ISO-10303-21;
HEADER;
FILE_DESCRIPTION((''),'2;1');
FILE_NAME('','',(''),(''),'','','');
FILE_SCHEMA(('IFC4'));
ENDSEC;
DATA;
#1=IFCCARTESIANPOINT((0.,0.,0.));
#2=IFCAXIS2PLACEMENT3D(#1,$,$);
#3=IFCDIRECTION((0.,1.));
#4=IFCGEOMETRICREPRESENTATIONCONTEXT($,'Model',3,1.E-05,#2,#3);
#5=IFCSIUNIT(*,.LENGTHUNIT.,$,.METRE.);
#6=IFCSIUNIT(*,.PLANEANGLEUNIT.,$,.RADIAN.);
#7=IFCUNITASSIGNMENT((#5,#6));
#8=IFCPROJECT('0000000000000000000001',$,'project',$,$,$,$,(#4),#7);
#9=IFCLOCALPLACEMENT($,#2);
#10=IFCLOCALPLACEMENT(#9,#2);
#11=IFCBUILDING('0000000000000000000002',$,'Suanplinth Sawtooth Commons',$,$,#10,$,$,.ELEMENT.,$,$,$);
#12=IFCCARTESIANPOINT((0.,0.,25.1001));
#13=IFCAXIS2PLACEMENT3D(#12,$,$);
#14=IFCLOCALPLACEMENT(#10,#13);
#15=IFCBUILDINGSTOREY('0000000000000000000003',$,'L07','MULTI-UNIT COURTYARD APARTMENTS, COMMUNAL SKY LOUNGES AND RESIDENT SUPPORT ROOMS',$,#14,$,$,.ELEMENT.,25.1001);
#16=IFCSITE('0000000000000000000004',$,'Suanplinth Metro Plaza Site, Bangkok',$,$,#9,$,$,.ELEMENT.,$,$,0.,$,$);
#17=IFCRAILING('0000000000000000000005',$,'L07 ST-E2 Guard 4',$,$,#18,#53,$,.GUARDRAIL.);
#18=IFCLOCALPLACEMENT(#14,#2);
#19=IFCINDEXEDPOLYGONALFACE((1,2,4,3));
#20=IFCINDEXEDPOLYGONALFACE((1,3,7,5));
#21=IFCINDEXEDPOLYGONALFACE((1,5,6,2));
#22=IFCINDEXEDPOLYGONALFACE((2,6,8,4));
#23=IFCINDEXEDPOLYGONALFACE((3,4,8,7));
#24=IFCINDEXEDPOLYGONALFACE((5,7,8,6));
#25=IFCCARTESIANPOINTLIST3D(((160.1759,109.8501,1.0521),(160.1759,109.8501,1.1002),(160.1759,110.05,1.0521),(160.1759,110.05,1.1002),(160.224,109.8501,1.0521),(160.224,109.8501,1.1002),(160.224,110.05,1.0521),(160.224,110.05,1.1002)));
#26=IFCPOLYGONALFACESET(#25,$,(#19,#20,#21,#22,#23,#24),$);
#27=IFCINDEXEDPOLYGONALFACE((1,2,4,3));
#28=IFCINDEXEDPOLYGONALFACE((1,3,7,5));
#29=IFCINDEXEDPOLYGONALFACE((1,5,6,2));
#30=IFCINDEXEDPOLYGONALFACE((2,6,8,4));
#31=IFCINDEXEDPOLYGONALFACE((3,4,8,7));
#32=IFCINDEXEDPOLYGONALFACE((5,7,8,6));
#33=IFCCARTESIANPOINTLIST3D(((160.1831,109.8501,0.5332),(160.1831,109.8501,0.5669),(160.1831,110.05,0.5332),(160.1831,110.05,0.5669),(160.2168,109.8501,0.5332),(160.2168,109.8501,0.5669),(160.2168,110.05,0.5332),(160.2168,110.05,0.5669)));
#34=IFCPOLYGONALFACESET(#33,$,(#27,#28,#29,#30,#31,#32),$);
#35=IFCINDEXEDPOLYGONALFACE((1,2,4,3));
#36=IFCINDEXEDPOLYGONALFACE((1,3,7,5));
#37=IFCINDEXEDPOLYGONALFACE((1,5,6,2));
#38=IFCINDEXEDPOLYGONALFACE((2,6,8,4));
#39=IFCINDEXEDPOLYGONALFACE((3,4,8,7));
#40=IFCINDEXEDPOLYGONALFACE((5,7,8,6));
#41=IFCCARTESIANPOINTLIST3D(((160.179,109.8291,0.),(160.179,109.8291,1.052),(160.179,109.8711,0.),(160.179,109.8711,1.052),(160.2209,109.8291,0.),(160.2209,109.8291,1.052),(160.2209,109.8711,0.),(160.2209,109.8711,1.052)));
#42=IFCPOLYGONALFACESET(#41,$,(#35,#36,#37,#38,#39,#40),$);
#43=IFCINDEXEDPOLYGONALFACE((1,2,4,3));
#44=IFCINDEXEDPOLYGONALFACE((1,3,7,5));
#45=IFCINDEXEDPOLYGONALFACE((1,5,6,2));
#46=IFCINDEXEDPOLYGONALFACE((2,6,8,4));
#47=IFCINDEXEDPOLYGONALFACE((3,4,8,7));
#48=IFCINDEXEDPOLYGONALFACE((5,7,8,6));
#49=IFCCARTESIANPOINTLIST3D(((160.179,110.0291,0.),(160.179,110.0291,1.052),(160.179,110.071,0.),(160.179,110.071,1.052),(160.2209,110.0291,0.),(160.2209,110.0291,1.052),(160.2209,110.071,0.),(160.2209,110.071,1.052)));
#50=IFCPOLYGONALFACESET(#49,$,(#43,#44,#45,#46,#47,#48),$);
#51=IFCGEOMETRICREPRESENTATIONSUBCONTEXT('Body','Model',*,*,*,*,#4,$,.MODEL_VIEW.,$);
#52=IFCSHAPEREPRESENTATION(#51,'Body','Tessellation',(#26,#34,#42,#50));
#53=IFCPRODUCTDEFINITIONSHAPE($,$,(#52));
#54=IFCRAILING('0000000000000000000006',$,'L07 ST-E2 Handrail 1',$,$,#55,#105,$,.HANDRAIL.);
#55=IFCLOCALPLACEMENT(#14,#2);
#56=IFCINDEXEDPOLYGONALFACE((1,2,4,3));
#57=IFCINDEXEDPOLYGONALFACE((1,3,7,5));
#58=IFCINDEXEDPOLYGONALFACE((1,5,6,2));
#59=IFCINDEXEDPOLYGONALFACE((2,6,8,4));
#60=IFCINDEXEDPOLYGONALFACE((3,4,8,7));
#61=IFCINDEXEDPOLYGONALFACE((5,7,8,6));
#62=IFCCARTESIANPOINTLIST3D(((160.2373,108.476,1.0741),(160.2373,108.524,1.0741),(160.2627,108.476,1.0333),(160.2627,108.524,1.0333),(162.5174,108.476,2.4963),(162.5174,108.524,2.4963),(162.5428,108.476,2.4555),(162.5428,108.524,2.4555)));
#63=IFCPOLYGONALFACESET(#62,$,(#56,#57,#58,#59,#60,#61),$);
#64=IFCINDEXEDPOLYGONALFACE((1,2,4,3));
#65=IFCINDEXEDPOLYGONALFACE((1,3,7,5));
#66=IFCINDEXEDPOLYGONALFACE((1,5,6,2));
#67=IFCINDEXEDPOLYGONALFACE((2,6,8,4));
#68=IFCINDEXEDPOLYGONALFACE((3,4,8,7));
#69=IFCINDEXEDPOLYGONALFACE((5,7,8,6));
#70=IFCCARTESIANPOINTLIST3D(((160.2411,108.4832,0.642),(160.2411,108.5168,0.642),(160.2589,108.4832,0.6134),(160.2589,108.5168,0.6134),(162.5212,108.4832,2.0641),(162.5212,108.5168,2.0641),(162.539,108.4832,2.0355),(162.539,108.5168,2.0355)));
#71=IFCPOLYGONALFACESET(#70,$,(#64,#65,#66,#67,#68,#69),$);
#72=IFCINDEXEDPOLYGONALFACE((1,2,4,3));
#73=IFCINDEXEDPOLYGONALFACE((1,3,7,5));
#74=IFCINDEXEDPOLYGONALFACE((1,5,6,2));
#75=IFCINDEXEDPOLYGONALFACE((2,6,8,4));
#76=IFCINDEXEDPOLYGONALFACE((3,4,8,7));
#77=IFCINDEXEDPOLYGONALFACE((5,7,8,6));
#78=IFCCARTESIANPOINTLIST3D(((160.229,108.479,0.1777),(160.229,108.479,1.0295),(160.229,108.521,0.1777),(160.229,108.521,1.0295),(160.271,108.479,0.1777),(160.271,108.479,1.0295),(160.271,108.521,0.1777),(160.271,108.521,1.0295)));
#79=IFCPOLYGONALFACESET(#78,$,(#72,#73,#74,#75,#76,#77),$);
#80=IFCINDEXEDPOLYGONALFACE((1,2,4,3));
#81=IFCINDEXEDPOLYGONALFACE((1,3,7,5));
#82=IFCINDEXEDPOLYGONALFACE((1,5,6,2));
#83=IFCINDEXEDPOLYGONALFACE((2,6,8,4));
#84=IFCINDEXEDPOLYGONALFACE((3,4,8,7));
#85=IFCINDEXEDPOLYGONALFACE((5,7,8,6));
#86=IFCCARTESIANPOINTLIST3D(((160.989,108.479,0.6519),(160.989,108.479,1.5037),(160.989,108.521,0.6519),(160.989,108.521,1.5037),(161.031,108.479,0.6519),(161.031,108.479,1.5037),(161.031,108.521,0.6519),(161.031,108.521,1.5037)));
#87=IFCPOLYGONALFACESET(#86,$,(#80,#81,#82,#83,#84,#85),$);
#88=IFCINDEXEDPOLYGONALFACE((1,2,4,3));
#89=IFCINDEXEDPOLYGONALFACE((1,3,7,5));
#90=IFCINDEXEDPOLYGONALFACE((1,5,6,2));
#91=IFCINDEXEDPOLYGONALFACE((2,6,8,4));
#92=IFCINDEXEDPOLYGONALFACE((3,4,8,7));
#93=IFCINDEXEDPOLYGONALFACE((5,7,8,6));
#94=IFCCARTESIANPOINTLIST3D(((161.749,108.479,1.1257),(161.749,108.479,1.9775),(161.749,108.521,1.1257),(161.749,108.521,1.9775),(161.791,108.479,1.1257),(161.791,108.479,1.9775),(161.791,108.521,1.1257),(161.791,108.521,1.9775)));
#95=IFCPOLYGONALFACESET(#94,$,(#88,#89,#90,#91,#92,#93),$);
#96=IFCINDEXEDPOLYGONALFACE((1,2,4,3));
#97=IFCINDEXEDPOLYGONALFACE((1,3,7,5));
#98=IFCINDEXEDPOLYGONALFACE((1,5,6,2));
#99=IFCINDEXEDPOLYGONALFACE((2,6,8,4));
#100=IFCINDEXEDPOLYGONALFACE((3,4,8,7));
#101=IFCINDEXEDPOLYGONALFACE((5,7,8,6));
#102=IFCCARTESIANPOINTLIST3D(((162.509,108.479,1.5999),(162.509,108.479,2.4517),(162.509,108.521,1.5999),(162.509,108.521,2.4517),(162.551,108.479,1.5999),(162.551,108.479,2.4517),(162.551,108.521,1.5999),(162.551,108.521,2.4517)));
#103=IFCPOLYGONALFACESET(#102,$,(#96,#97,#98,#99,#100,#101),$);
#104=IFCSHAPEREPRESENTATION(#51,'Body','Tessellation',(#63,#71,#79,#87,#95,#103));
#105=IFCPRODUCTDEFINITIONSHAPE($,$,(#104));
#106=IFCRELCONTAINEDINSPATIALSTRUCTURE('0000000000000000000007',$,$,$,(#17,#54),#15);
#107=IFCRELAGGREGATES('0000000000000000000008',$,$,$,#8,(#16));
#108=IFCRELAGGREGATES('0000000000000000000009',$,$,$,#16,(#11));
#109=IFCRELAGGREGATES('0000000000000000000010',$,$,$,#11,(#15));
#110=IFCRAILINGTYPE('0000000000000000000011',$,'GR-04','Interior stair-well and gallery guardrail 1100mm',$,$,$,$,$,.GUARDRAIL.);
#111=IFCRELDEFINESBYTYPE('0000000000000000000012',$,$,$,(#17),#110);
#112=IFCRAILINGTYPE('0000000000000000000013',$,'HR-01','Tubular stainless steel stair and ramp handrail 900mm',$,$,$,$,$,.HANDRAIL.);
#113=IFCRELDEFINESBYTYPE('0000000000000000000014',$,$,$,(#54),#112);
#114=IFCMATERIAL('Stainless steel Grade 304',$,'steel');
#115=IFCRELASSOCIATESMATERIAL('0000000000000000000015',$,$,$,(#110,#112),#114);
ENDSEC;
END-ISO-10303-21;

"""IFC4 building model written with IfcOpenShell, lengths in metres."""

from ifc_helpers import new_model, si_unit, direction, frame, origin, origin_2d, place, context, subcontext, project, spatial, rectangle, extrude, material, type_object, element, save


model = new_model("IFC4")

# Units and contexts
model_context = context("Model", 3, precision=1e-05, world=origin(), true_north=direction((0.0, 1.0)))
body_context = subcontext(model_context, "Body", "Model", "MODEL_VIEW")
ifc_project = project(units=[si_unit("LENGTHUNIT", "METRE"), si_unit("PLANEANGLEUNIT", "RADIAN")], contexts=[model_context])

# Site, building, storey
site_placement = place(None, origin())
site = spatial("IfcSite", under=ifc_project, at=site_placement, Name="Suanplinth Metro Plaza Site, Bangkok", CompositionType="ELEMENT", RefElevation=0.0)
building_placement = place(site_placement, origin())
building = spatial("IfcBuilding", under=site, at=building_placement, Name="Suanplinth Sawtooth Commons", CompositionType="ELEMENT")
storey_placement = place(building_placement, frame((0.0, 0.0, 25.1001)))
storey = spatial("IfcBuildingStorey", under=building, at=storey_placement, Name="L07", Description="MULTI-UNIT COURTYARD APARTMENTS, COMMUNAL SKY LOUNGES AND RESIDENT SUPPORT ROOMS", CompositionType="ELEMENT", Elevation=25.1001)

# Railings
ifc_material_1 = material(Name="Stainless steel Grade 304", Category="steel")
railing_type_1 = type_object("IfcRailingType", Name="GR-04", Description="Interior stair-well and gallery guardrail 1100mm", PredefinedType="GUARDRAIL", material=ifc_material_1)
railing_1_placement = place(storey_placement, frame((160.2, 109.8501, 0.0)))
element("IfcRailing", 1, at=railing_1_placement, inside=storey, type_object=railing_type_1, Name="L07 ST-E2 Guard 4", PredefinedType="GUARDRAIL", context=body_context, shape_type="SweptSolid", body=[
    extrude(rectangle(XDim=0.0481, YDim=0.0481, at=origin_2d()), frame((0.0, 0.0, 1.0762), z_axis=(0.0, 1.0, 0.0), x_axis=(-1.0, 0.0, 0.0)), (0.0, 0.0, 1.0), 0.2),
    extrude(rectangle(XDim=0.0337, YDim=0.0337, at=origin_2d()), frame((0.0, 0.0, 0.55), z_axis=(0.0, 1.0, 0.0), x_axis=(-1.0, 0.0, 0.0)), (0.0, 0.0, 1.0), 0.2),
    extrude(rectangle(XDim=0.042, YDim=0.042, at=origin_2d()), origin(), (0.0, 0.0, 1.0), 1.052),
    extrude(rectangle(XDim=0.042, YDim=0.042, at=origin_2d()), frame((0.0, 0.2, 0.0)), (0.0, 0.0, 1.0), 1.052),
])
railing_type_2 = type_object("IfcRailingType", Name="HR-01", Description="Tubular stainless steel stair and ramp handrail 900mm", PredefinedType="HANDRAIL", material=ifc_material_1)
railing_2_placement = place(storey_placement, frame((160.25, 108.5, 0.1777)))
element("IfcRailing", 2, at=railing_2_placement, inside=storey, type_object=railing_type_2, Name="L07 ST-E2 Handrail 1", PredefinedType="HANDRAIL", context=body_context, shape_type="SweptSolid", body=[
    extrude(rectangle(XDim=0.0481, YDim=0.0481, at=origin_2d()), frame((0.0, 0.0, 0.876), z_axis=(0.848483, 0.0, 0.529223), x_axis=(0.0, 1.0, 0.0)), (0.0, 0.0, 1.0), 2.6873),
    extrude(rectangle(XDim=0.0337, YDim=0.0337, at=origin_2d()), frame((0.0, 0.0, 0.45), z_axis=(0.848483, 0.0, 0.529223), x_axis=(0.0, 1.0, 0.0)), (0.0, 0.0, 1.0), 2.6873),
    extrude(rectangle(XDim=0.042, YDim=0.042, at=origin_2d()), origin(), (0.0, 0.0, 1.0), 0.8518),
    extrude(rectangle(XDim=0.042, YDim=0.042, at=origin_2d()), frame((0.76, 0.0, 0.4741)), (0.0, 0.0, 1.0), 0.8518),
    extrude(rectangle(XDim=0.042, YDim=0.042, at=origin_2d()), frame((1.52, 0.0, 0.948)), (0.0, 0.0, 1.0), 0.8518),
    extrude(rectangle(XDim=0.042, YDim=0.042, at=origin_2d()), frame((2.28, 0.0, 1.4221)), (0.0, 0.0, 1.0), 0.8518),
])

save(model, "model.ifc")
